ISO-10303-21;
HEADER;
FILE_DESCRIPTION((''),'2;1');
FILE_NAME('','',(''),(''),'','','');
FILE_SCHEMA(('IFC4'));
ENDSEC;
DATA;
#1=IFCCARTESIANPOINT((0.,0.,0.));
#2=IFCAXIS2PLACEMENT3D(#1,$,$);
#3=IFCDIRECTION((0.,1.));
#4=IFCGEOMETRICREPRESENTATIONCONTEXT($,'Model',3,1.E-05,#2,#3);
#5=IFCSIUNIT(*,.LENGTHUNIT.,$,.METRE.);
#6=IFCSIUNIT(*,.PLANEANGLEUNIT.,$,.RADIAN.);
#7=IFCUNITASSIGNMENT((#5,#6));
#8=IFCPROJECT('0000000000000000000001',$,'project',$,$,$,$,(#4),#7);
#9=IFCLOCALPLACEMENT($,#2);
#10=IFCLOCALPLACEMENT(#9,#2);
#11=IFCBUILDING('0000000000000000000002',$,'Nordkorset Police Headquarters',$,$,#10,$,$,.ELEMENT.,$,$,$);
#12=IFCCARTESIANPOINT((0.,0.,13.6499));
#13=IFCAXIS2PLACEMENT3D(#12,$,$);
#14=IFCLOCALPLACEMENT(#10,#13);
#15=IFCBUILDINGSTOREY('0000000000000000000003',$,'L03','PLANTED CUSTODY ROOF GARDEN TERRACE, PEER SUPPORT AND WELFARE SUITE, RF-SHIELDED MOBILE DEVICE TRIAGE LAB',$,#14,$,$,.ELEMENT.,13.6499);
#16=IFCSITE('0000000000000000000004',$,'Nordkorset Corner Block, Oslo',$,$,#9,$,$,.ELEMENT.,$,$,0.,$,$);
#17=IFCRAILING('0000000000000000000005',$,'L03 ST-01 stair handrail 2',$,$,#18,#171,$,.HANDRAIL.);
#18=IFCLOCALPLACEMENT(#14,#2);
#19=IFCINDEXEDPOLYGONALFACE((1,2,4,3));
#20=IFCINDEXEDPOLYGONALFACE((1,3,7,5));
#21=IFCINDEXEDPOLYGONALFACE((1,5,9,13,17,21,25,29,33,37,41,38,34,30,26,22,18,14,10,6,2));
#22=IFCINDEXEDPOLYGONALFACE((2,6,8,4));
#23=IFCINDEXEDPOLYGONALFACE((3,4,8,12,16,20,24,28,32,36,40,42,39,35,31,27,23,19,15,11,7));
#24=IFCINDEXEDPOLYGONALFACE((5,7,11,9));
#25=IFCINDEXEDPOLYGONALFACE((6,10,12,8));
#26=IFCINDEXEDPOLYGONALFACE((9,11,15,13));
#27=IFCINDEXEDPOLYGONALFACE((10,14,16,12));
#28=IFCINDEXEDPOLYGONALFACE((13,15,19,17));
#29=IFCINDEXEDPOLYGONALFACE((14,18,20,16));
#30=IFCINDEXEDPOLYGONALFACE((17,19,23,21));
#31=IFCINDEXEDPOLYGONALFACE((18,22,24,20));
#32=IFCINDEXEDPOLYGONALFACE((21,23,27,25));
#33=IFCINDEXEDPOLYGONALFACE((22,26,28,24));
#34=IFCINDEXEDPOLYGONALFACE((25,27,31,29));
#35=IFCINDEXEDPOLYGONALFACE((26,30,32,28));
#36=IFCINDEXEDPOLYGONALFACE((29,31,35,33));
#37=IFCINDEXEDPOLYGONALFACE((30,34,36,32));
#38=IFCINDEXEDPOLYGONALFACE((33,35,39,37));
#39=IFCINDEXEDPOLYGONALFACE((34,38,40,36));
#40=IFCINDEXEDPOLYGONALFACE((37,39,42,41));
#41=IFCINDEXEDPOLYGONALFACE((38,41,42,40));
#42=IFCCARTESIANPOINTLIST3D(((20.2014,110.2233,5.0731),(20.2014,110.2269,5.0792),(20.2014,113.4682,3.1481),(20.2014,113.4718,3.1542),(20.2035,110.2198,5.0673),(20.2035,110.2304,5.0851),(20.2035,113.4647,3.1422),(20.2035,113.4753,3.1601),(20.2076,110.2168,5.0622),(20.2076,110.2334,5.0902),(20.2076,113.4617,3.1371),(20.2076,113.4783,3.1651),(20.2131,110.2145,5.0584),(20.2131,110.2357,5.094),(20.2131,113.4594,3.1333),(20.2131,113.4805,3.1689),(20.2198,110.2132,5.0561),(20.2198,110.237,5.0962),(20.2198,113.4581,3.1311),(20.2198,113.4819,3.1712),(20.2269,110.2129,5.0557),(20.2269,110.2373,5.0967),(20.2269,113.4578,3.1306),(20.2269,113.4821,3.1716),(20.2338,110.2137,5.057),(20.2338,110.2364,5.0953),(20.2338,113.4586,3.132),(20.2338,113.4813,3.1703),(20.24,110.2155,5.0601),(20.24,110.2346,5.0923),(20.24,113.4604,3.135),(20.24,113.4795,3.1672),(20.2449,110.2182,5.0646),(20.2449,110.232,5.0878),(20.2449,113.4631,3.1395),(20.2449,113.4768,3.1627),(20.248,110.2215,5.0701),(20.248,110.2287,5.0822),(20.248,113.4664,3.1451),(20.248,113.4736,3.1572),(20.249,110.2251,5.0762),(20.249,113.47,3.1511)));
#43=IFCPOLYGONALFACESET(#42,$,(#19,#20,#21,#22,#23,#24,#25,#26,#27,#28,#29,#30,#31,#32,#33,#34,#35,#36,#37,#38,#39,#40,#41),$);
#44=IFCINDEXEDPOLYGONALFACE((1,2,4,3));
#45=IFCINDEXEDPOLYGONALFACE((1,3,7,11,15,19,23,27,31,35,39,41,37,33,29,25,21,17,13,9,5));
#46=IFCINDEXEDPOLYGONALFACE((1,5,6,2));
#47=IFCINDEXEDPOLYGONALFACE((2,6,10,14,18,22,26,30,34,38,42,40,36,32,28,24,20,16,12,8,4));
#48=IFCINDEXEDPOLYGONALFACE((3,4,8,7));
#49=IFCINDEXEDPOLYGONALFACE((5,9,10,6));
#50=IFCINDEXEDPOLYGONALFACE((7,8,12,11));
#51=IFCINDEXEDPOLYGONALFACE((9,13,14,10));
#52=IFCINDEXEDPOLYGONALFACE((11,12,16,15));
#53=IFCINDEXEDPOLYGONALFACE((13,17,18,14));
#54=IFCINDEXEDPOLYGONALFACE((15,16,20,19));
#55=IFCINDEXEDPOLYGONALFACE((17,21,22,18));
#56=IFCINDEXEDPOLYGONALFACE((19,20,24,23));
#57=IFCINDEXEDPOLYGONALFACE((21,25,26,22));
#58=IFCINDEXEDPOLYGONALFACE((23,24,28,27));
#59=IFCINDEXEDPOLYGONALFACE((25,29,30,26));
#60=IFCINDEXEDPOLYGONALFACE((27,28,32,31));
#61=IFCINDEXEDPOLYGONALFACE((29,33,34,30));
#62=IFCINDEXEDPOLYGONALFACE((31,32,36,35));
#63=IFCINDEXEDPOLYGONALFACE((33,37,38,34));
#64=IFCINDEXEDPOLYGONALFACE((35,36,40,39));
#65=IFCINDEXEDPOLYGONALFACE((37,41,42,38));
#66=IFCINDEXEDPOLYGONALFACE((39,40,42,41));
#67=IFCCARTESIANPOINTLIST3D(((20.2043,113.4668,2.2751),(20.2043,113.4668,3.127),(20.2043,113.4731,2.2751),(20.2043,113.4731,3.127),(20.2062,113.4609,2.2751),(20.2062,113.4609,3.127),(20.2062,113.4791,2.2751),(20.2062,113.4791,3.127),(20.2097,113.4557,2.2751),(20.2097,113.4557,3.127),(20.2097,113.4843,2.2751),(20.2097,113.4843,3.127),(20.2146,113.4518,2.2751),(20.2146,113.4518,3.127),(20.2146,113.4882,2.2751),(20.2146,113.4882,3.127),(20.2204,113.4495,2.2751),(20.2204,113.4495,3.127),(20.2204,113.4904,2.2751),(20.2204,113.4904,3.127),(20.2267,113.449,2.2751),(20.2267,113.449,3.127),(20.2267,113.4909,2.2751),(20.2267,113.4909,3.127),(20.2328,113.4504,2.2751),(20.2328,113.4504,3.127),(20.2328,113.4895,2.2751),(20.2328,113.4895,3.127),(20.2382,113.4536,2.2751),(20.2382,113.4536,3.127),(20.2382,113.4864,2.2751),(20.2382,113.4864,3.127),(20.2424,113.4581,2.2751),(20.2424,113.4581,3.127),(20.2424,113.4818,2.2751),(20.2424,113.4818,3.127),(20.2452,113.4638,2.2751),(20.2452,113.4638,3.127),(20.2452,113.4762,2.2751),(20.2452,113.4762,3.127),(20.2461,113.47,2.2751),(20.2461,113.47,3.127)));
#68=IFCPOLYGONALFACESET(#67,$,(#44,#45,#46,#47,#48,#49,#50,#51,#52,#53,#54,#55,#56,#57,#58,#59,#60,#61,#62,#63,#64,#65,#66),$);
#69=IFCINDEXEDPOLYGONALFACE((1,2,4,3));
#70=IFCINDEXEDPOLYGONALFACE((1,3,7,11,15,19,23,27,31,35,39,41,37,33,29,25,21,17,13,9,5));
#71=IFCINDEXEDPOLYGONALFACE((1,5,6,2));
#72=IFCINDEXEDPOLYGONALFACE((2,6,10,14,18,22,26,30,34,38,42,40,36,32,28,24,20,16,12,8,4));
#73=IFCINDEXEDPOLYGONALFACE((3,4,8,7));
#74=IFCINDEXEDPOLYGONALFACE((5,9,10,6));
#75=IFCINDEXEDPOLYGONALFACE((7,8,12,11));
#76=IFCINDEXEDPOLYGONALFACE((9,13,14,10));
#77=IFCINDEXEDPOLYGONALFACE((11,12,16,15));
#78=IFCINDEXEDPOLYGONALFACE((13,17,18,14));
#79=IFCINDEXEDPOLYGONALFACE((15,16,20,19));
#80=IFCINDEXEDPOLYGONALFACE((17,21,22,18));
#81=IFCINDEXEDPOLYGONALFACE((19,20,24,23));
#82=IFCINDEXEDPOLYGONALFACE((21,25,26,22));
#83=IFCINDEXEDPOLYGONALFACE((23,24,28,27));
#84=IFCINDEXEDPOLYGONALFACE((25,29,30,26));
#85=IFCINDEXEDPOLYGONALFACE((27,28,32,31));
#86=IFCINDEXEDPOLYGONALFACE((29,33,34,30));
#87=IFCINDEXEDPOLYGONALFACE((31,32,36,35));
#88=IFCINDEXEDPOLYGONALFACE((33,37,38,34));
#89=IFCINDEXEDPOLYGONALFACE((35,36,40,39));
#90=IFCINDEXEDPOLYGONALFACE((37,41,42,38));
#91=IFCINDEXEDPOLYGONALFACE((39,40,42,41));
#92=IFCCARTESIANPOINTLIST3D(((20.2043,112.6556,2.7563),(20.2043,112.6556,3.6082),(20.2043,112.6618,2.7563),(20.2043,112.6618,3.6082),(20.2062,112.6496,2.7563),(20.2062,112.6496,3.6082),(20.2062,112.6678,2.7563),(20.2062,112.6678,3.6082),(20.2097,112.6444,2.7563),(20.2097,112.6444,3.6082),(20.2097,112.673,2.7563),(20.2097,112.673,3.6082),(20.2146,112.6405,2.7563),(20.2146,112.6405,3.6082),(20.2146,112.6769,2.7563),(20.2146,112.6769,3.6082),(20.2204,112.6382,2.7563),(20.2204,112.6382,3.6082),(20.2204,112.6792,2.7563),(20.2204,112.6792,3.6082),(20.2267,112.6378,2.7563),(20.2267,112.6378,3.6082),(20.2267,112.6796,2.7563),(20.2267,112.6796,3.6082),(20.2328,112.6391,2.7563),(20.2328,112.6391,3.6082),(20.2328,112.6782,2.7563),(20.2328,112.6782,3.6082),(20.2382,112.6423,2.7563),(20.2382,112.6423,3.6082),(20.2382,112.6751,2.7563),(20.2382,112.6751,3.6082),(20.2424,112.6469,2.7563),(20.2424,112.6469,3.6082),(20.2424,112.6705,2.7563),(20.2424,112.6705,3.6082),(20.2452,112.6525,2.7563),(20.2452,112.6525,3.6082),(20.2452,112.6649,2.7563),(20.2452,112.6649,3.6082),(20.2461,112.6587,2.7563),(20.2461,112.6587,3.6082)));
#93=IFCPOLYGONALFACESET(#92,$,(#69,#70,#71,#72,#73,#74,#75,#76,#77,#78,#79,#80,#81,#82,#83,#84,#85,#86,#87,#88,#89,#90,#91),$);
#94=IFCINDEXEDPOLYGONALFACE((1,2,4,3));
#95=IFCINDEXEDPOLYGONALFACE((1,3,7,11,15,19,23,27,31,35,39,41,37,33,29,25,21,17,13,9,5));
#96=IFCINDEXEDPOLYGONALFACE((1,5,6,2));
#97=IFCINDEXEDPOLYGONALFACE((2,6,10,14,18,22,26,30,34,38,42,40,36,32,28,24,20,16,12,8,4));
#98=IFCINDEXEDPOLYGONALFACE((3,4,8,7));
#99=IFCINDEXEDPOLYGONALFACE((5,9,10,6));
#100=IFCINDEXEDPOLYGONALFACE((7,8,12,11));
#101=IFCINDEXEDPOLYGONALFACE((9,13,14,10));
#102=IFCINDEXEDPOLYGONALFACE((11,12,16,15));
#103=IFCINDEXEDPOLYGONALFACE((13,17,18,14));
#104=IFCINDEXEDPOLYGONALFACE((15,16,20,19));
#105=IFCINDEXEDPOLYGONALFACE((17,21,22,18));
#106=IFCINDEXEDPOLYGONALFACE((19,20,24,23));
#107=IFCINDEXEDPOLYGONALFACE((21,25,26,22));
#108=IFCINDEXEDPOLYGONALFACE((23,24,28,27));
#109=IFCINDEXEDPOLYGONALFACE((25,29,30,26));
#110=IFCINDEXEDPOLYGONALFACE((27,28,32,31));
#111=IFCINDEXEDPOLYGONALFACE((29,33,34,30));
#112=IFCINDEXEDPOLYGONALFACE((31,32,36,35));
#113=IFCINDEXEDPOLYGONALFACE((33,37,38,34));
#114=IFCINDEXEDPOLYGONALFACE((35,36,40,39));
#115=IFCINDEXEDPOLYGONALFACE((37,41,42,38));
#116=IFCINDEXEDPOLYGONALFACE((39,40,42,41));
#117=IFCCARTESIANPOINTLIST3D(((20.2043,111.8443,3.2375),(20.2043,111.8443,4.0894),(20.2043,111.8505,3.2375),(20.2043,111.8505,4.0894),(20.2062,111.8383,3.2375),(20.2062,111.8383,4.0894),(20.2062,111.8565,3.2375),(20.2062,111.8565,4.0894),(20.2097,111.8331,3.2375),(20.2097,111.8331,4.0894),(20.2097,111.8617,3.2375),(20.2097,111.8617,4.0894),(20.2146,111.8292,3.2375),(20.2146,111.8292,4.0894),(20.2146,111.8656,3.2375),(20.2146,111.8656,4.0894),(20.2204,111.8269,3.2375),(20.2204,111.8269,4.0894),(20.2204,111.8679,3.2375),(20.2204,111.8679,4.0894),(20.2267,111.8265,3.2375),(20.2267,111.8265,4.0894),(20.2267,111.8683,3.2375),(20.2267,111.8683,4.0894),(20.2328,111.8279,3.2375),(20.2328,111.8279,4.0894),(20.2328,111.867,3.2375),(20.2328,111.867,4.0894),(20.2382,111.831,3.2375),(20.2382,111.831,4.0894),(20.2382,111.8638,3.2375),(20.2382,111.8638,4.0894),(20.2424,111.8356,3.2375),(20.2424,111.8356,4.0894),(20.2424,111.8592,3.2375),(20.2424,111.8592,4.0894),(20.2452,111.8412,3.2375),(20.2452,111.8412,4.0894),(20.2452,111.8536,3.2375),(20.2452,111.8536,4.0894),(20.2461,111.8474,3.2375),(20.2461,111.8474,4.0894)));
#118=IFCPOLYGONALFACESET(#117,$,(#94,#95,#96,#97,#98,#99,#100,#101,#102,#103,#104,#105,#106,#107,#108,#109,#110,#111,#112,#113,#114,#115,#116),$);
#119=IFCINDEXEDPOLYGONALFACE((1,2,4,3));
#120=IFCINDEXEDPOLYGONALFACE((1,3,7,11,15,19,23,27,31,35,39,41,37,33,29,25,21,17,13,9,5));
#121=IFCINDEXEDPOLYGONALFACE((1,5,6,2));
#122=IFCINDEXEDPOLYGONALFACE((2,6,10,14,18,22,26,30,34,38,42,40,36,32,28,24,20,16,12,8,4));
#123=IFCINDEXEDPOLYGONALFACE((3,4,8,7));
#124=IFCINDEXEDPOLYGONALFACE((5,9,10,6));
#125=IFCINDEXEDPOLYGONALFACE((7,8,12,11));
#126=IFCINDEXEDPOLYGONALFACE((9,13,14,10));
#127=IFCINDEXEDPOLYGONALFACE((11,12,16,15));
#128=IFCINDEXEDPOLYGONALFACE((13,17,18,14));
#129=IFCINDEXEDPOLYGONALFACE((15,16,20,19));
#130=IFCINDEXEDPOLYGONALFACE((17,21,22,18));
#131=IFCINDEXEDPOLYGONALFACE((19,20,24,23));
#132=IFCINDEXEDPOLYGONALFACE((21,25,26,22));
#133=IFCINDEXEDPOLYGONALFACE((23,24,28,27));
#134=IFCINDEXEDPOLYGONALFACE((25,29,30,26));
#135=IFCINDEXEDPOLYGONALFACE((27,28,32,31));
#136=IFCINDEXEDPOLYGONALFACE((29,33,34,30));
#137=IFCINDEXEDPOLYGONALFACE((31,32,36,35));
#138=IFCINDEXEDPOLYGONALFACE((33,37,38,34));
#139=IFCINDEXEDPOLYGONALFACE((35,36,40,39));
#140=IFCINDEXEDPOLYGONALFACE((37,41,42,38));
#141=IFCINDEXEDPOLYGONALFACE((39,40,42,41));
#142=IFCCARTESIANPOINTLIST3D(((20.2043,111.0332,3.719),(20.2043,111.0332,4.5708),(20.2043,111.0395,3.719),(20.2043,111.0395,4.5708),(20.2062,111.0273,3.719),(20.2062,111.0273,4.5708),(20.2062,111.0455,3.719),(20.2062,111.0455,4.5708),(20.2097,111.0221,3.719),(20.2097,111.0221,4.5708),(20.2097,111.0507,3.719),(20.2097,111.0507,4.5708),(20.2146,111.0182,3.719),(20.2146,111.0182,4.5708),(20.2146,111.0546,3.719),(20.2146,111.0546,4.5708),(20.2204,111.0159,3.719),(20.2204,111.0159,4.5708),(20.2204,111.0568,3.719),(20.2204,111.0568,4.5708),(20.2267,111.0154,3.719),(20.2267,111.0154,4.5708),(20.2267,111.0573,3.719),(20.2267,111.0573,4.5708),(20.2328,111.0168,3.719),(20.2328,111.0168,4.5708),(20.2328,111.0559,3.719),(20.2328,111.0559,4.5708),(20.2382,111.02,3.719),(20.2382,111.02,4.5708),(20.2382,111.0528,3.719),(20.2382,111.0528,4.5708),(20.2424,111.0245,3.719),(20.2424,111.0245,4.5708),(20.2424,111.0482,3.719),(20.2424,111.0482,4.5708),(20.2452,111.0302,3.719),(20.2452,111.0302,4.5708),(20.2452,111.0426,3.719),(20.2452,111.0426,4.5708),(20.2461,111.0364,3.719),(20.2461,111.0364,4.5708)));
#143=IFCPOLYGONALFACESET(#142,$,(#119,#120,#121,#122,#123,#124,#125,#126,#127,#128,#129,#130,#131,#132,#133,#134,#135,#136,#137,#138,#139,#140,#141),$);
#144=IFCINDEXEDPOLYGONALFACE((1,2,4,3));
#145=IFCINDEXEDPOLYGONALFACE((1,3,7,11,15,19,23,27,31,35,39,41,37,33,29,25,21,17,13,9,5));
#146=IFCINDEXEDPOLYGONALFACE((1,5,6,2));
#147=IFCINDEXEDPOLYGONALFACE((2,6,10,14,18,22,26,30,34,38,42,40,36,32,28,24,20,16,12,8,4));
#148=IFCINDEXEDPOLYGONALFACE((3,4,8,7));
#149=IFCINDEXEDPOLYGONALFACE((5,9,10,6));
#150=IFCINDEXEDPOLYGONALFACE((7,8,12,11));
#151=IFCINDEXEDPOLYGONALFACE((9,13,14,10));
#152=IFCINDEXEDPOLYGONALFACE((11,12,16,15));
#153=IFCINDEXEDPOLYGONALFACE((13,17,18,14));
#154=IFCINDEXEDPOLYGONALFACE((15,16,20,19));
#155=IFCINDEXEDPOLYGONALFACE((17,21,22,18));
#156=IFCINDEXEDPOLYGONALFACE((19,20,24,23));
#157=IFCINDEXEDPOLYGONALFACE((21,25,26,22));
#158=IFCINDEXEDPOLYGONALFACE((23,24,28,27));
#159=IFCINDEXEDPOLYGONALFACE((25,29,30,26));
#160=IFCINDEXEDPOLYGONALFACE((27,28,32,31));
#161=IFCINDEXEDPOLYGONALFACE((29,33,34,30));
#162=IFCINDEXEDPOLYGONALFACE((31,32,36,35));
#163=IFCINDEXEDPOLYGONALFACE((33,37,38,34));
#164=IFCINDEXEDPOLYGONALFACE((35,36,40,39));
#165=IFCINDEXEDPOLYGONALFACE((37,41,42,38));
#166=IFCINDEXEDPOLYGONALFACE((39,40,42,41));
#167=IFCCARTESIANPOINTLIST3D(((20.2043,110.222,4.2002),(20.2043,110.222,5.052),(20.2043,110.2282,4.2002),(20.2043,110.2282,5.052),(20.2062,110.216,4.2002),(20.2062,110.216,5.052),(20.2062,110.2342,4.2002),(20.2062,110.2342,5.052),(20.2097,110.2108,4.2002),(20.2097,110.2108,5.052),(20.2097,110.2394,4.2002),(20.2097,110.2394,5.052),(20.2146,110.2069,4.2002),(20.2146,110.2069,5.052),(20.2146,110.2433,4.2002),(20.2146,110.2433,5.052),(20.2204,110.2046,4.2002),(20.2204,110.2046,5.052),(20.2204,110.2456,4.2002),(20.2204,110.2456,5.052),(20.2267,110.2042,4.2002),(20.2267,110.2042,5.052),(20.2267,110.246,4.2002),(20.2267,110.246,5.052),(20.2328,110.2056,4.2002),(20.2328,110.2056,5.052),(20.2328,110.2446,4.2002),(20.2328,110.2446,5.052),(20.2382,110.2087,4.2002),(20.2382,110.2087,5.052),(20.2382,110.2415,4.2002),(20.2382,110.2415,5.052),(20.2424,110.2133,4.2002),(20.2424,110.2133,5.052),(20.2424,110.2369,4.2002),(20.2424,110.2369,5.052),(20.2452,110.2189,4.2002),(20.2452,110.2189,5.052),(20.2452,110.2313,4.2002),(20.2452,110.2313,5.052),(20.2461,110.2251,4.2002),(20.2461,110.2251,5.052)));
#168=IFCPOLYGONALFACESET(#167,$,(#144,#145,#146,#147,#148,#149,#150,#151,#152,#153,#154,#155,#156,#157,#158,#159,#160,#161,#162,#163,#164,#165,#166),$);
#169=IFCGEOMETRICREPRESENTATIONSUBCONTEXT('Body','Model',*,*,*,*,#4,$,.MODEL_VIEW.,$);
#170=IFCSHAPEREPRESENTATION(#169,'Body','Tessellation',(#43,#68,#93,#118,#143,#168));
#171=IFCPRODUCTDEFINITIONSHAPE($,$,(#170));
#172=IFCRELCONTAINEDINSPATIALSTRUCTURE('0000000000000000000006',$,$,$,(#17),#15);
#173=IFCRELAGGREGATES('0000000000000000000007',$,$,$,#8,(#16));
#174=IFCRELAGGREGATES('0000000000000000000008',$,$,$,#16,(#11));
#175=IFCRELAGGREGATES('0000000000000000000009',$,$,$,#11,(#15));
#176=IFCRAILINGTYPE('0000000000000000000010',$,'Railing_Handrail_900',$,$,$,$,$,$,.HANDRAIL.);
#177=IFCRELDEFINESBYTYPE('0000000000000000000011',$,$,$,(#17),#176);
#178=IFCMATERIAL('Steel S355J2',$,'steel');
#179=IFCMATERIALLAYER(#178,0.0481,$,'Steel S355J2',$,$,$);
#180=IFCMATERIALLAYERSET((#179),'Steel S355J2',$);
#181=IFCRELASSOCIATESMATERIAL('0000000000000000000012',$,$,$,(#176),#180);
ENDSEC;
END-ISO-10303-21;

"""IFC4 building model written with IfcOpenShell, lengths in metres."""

from ifc_helpers import new_model, si_unit, direction, frame, origin, origin_2d, place, context, subcontext, project, spatial, circle, extrude, material, layer, layer_set, type_object, element, save


model = new_model("IFC4")

# Units and contexts
model_context = context("Model", 3, precision=1e-05, world=origin(), true_north=direction((0.0, 1.0)))
body_context = subcontext(model_context, "Body", "Model", "MODEL_VIEW")
ifc_project = project(units=[si_unit("LENGTHUNIT", "METRE"), si_unit("PLANEANGLEUNIT", "RADIAN")], contexts=[model_context])

# Site, building, storey
site_placement = place(None, origin())
site = spatial("IfcSite", under=ifc_project, at=site_placement, Name="Nordkorset Corner Block, Oslo", CompositionType="ELEMENT", RefElevation=0.0)
building_placement = place(site_placement, origin())
building = spatial("IfcBuilding", under=site, at=building_placement, Name="Nordkorset Police Headquarters", CompositionType="ELEMENT")
storey_placement = place(building_placement, frame((0.0, 0.0, 13.6499)))
storey = spatial("IfcBuildingStorey", under=building, at=storey_placement, Name="L03", Description="PLANTED CUSTODY ROOF GARDEN TERRACE, PEER SUPPORT AND WELFARE SUITE, RF-SHIELDED MOBILE DEVICE TRIAGE LAB", CompositionType="ELEMENT", Elevation=13.6499)

# Railing
ifc_material_1 = material(Name="Steel S355J2", Category="steel")
ifc_layer_1 = layer(ifc_material_1, 0.0481, Name="Steel S355J2")
ifc_layer_set_1 = layer_set([ifc_layer_1], Name="Steel S355J2")
railing_type = type_object("IfcRailingType", Name="Railing_Handrail_900", PredefinedType="HANDRAIL", material=ifc_layer_set_1)
railing_placement = place(storey_placement, frame((20.2251, 113.47, 2.2751)))
element("IfcRailing", 1, at=railing_placement, inside=storey, type_object=railing_type, Name="L03 ST-01 stair handrail 2", PredefinedType="HANDRAIL", context=body_context, shape_type="SweptSolid", body=[
    extrude(circle(Radius=0.0239, at=origin_2d()), frame((0.0, 0.0, 0.876), z_axis=(0.0, -0.86004, 0.510226), x_axis=(1.0, 0.0, 0.0)), (0.0, 0.0, 1.0), 3.7729),
    extrude(circle(Radius=0.021, at=origin_2d()), origin(), (0.0, 0.0, 1.0), 0.8518),
    extrude(circle(Radius=0.021, at=origin_2d()), frame((0.0, -0.8113, 0.4812)), (0.0, 0.0, 1.0), 0.8518),
    extrude(circle(Radius=0.021, at=origin_2d()), frame((0.0, -1.6226, 0.9624)), (0.0, 0.0, 1.0), 0.8518),
    extrude(circle(Radius=0.021, at=origin_2d()), frame((0.0, -2.4336, 1.4438)), (0.0, 0.0, 1.0), 0.8518),
    extrude(circle(Radius=0.021, at=origin_2d()), frame((0.0, -3.2449, 1.925)), (0.0, 0.0, 1.0), 0.8518),
])

save(model, "model.ifc")
